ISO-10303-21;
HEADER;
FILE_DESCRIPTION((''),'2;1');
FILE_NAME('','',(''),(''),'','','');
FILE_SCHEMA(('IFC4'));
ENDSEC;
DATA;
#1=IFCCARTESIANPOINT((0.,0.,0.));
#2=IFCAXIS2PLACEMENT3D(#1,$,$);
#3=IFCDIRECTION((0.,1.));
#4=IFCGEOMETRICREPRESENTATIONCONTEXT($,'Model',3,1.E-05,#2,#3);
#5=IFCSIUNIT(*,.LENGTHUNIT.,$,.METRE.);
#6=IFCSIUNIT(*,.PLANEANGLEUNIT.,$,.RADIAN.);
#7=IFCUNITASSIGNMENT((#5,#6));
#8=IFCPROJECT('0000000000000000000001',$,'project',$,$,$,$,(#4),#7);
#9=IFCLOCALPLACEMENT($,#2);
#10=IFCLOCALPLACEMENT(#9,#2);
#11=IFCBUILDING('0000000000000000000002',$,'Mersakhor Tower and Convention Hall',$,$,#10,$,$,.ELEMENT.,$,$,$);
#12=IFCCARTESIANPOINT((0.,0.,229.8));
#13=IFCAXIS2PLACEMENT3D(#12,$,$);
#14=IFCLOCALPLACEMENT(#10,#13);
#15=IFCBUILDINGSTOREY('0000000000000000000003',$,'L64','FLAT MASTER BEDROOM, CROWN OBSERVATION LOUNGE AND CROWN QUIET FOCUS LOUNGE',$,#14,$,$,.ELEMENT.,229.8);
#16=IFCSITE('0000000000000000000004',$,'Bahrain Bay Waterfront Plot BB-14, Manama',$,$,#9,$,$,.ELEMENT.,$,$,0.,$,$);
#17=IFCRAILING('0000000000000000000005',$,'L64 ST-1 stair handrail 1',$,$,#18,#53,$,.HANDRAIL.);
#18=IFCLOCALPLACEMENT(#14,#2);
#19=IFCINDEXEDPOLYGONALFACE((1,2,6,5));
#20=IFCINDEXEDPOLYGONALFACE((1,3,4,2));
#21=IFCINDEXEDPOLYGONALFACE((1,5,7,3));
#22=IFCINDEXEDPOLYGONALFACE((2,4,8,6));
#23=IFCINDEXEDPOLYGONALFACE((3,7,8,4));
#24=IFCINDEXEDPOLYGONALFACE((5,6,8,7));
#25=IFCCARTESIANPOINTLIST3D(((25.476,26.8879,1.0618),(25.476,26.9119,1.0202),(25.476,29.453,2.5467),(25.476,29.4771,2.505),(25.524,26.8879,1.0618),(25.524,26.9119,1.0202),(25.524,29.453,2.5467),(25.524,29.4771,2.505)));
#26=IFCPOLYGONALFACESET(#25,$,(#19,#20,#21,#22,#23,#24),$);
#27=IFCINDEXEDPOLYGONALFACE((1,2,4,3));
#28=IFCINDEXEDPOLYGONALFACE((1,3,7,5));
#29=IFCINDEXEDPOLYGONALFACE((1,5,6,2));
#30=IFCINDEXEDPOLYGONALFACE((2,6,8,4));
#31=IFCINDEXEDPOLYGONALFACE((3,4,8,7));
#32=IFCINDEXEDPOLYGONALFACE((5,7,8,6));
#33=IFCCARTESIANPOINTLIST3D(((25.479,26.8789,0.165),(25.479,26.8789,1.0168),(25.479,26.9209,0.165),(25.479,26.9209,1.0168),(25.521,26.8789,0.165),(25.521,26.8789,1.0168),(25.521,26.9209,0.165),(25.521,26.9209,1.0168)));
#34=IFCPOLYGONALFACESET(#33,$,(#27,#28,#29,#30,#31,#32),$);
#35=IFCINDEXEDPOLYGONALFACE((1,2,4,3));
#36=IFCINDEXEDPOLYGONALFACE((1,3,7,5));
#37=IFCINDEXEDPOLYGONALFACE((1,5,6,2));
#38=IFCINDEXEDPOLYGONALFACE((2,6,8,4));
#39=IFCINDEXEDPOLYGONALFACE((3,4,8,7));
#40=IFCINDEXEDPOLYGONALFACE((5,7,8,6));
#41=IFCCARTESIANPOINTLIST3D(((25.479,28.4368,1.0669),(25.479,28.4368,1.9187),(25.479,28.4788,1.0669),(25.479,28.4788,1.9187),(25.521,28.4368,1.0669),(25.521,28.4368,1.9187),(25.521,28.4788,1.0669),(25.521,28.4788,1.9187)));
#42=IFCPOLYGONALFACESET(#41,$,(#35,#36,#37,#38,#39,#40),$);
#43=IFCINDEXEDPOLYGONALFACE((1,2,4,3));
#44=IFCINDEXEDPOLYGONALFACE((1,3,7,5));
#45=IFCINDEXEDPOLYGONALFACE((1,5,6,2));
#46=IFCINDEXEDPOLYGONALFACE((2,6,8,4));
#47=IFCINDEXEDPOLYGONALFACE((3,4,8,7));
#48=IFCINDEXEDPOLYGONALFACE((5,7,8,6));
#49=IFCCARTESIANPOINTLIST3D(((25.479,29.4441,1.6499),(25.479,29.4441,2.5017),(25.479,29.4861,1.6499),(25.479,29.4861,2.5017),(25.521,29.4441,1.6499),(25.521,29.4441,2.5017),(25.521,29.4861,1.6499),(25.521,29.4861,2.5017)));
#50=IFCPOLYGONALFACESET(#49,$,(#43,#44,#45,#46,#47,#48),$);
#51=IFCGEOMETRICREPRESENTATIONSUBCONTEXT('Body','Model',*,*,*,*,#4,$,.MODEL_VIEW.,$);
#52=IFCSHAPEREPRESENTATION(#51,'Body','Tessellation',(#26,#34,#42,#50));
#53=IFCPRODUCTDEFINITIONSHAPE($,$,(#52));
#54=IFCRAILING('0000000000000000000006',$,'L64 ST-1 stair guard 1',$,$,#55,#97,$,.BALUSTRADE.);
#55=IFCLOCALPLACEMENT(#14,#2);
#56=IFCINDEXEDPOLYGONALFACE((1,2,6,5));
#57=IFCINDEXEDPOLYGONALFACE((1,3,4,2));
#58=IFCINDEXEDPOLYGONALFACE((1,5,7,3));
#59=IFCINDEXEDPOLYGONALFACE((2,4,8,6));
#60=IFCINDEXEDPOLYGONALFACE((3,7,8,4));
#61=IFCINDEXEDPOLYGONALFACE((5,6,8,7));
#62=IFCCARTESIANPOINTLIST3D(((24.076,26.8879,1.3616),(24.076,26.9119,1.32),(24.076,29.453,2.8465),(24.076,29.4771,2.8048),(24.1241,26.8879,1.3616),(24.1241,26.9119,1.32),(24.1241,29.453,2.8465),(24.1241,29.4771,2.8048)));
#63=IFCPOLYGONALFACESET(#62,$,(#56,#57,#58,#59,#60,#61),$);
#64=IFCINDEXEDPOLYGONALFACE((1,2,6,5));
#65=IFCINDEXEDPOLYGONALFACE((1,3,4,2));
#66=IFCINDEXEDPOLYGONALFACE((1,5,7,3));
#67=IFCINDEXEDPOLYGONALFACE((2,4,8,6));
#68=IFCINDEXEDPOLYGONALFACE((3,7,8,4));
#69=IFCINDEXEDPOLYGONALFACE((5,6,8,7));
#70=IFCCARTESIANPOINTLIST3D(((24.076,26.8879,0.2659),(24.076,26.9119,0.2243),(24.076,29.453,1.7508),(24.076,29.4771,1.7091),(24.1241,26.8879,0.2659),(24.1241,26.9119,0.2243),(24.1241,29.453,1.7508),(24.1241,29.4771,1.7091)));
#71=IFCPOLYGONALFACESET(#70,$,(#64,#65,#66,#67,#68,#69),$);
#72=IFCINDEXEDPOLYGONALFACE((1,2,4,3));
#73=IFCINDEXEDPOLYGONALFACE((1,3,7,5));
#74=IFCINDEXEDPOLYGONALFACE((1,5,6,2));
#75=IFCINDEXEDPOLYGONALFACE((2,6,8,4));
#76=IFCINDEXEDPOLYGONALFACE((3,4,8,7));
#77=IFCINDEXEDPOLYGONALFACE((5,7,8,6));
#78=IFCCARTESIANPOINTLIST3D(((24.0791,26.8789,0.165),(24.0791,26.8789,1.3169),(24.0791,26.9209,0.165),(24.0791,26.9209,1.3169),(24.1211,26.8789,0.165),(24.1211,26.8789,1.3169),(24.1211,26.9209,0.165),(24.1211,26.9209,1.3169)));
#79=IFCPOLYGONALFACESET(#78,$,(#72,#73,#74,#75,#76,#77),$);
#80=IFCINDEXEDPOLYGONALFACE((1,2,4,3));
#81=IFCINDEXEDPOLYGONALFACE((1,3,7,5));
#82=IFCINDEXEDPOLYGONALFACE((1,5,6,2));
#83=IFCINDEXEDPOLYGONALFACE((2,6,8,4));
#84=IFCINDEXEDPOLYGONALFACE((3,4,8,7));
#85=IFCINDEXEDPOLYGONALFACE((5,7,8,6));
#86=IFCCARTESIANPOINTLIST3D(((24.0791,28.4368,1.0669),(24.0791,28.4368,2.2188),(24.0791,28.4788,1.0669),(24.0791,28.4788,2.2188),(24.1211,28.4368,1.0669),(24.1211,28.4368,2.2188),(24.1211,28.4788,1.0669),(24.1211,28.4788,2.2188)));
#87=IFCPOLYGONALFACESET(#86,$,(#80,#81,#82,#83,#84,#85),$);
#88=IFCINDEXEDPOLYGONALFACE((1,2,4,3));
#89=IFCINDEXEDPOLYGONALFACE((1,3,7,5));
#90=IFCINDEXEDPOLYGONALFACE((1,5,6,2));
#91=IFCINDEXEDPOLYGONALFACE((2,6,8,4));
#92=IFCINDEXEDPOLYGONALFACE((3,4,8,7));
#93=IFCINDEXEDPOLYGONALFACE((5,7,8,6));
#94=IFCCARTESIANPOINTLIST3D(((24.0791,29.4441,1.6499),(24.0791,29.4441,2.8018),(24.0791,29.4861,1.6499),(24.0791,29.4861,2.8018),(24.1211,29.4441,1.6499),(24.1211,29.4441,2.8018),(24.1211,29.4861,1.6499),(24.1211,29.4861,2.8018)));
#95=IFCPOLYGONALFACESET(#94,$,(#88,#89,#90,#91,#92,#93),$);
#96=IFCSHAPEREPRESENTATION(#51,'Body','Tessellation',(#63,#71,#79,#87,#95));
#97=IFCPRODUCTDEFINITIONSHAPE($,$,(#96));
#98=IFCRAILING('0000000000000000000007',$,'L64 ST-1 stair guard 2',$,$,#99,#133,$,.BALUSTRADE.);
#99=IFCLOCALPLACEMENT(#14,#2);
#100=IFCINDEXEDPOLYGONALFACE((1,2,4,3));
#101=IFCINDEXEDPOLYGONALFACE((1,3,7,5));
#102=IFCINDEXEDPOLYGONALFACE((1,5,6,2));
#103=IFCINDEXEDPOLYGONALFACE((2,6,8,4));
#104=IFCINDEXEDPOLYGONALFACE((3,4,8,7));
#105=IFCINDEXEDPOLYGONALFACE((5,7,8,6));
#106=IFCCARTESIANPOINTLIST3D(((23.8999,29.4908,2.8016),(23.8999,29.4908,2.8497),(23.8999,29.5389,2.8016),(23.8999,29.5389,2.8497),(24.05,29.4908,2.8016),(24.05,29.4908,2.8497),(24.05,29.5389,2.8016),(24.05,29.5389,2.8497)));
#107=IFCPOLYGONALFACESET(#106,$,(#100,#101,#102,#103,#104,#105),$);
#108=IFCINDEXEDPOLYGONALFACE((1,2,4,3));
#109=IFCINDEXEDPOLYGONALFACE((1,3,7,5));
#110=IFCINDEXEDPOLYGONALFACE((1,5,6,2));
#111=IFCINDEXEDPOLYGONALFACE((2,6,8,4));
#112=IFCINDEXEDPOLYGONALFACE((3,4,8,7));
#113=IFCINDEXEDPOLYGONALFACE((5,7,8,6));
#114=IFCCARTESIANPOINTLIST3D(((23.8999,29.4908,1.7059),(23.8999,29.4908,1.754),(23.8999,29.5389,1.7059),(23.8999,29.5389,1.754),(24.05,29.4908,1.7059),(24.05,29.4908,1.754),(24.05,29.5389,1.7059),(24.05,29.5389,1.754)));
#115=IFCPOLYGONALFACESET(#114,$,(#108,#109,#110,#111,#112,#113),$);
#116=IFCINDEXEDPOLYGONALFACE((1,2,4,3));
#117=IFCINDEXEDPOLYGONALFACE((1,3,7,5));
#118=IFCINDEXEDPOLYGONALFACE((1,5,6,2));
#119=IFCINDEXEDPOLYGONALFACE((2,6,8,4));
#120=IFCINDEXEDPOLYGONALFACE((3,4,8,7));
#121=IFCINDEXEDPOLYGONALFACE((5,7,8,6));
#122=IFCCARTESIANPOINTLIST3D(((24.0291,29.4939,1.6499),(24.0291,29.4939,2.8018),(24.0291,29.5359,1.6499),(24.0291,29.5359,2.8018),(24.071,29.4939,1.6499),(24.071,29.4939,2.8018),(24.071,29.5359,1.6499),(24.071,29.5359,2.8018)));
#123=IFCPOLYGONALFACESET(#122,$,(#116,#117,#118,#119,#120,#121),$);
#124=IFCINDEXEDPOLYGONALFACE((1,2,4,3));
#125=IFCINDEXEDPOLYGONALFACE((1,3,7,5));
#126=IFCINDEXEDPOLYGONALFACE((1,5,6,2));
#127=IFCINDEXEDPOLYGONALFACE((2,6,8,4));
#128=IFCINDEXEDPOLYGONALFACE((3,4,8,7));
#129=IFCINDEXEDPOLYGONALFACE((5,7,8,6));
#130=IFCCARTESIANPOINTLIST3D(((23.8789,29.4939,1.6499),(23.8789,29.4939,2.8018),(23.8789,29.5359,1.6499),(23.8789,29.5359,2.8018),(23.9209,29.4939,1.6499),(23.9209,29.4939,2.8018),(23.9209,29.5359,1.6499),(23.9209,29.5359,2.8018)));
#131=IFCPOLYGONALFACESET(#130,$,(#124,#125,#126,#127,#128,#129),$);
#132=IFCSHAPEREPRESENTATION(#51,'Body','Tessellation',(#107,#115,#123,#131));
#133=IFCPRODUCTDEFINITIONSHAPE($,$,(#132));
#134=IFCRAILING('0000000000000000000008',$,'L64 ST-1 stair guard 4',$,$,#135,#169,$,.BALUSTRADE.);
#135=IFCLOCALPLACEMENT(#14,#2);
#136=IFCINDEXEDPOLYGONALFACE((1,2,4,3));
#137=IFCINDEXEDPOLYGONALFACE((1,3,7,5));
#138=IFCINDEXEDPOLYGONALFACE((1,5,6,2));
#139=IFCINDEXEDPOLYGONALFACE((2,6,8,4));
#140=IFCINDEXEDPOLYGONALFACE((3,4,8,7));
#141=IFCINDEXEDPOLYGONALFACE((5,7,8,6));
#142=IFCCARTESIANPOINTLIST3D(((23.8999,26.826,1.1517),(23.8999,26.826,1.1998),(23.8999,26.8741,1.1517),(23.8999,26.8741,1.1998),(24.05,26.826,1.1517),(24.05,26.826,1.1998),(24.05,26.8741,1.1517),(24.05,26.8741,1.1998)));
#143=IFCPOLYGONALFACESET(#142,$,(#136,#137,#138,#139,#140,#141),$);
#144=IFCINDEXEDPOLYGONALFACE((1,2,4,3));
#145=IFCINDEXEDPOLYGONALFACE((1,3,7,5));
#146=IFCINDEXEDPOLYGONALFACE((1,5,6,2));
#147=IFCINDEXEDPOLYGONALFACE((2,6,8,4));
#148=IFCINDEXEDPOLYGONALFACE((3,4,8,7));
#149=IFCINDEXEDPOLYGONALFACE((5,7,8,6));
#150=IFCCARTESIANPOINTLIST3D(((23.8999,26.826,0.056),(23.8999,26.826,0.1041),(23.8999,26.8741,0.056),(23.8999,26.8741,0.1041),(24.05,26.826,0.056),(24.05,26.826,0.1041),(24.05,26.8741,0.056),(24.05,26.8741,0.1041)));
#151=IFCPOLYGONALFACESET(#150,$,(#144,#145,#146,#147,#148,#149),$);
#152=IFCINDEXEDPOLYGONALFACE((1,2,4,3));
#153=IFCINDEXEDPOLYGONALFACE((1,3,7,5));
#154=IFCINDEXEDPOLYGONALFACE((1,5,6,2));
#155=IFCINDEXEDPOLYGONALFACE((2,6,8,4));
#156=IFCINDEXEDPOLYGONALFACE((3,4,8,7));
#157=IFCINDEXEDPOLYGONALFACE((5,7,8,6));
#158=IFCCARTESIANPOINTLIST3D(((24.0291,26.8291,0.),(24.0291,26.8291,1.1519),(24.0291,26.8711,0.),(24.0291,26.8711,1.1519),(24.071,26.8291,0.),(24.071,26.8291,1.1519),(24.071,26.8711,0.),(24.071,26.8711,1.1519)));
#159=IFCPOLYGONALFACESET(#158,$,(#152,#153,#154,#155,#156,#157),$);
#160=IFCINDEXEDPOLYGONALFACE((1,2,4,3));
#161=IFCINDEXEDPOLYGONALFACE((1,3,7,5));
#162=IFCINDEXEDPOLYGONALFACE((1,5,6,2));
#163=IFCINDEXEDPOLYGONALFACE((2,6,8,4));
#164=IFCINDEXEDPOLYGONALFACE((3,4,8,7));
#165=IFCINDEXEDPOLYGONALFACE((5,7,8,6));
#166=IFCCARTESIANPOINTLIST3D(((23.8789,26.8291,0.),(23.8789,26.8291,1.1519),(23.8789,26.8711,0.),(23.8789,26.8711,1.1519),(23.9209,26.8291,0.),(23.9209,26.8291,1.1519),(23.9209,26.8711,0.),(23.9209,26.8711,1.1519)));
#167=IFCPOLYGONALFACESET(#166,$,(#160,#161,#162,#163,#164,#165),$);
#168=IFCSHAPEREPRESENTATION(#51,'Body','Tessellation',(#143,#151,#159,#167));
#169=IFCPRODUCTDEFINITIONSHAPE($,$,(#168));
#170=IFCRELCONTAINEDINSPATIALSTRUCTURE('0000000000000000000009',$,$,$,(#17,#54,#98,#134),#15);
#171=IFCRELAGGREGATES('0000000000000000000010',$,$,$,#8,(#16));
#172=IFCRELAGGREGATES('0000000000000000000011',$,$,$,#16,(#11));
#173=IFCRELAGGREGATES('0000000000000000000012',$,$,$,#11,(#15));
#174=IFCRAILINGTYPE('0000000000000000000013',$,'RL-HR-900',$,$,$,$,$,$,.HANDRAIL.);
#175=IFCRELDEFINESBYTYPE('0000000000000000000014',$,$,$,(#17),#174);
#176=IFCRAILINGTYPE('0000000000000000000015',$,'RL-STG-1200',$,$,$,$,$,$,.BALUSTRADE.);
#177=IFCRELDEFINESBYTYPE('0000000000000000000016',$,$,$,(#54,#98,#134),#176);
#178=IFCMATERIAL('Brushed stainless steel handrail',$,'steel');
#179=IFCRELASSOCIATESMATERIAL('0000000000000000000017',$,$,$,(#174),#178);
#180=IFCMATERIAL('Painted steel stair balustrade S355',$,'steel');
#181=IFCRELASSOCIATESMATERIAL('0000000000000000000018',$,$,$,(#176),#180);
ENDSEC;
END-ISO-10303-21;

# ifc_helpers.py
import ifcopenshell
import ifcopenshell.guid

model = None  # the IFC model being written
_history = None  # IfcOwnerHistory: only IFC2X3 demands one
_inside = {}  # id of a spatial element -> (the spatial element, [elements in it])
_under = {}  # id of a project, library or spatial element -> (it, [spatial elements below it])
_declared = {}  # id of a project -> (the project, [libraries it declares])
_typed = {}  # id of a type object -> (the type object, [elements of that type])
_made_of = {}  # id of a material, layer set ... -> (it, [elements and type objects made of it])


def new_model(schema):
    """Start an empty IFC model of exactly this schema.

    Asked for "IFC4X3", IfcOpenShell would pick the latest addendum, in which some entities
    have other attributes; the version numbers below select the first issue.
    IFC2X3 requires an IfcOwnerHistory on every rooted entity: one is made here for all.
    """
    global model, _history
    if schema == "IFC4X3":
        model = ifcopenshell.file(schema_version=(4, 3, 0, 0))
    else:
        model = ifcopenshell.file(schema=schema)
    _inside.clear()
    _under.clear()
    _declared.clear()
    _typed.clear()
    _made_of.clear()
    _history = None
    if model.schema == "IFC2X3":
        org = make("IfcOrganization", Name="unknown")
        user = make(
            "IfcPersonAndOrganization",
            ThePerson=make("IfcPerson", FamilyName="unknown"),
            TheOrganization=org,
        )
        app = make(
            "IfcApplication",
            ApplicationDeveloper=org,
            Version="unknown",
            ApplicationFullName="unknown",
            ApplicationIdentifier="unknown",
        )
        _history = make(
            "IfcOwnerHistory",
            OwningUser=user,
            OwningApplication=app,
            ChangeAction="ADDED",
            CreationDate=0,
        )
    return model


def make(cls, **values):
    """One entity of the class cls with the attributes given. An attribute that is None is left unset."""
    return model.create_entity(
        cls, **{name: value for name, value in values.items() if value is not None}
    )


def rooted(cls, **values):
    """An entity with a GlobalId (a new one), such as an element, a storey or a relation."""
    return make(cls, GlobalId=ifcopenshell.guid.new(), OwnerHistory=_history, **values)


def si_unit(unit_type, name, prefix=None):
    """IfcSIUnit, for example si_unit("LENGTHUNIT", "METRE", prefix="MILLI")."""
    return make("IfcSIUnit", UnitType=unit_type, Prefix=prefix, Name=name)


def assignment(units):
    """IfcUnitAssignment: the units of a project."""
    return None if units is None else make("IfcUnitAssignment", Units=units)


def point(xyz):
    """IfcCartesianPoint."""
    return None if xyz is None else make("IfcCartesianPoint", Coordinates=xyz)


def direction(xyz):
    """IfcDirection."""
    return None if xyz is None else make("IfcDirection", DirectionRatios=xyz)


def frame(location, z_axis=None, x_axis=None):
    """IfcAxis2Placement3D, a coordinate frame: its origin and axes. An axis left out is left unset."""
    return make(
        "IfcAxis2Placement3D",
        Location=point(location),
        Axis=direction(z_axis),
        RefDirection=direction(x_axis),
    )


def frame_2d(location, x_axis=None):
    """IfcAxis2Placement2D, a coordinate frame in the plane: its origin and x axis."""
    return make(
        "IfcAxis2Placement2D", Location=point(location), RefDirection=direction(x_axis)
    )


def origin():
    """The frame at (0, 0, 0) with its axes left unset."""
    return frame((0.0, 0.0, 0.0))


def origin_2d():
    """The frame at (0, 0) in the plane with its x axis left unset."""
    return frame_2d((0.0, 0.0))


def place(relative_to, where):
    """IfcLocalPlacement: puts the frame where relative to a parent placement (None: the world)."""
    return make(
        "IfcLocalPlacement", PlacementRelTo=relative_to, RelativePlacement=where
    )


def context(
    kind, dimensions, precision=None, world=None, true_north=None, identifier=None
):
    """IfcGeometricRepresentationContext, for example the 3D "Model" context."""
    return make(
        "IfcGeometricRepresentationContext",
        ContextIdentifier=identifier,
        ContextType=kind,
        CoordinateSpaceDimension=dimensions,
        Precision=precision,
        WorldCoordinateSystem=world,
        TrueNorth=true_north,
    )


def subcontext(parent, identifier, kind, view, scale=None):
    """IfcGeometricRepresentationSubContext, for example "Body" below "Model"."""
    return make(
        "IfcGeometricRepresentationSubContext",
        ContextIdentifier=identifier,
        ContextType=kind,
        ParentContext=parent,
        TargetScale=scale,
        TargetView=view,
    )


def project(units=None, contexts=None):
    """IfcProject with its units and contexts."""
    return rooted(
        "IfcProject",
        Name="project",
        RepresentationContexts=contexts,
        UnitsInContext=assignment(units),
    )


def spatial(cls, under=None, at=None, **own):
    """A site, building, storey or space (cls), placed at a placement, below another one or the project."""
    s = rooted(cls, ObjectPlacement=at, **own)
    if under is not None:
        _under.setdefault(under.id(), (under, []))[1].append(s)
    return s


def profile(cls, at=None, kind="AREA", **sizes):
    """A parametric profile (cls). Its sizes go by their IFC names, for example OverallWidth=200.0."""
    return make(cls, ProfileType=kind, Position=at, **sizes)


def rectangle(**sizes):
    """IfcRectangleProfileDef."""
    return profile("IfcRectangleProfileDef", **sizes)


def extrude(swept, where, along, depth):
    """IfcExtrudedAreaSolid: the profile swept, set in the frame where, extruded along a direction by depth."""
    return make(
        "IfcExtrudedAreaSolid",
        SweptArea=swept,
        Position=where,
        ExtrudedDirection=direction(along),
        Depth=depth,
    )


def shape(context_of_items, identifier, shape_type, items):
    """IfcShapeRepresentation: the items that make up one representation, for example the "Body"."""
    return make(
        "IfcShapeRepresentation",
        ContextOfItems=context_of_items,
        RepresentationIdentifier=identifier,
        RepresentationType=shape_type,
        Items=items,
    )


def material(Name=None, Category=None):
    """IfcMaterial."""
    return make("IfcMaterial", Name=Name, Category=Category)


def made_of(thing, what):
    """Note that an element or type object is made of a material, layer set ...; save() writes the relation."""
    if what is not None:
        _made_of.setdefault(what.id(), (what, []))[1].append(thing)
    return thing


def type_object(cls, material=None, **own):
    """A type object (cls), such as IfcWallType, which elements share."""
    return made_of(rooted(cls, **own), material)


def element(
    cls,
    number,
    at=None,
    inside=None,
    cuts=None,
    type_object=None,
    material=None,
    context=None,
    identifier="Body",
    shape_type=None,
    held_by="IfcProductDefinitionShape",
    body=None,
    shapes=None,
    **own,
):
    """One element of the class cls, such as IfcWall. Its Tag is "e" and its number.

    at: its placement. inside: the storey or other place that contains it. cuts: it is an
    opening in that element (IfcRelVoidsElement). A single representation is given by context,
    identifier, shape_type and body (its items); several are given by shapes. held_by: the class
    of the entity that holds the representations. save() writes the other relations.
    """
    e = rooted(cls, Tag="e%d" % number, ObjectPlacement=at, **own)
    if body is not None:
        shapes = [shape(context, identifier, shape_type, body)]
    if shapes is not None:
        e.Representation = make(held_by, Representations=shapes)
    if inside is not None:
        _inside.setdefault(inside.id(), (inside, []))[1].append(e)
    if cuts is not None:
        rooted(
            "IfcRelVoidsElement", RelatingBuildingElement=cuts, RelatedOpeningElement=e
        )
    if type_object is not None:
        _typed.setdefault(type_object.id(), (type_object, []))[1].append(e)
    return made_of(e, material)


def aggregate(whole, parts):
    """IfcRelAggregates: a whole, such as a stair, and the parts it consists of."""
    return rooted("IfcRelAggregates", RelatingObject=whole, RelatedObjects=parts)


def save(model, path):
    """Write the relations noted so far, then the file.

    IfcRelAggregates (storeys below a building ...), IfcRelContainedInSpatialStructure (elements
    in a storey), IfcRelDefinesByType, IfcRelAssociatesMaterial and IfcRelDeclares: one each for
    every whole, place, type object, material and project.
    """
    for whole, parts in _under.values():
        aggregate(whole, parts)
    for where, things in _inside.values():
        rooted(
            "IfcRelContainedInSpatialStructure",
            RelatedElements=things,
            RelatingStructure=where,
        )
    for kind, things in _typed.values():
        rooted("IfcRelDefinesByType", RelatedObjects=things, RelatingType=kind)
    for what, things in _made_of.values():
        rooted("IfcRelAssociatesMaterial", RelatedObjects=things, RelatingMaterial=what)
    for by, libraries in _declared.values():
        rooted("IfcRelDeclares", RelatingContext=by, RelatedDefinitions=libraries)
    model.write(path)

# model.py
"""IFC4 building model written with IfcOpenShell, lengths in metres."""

from ifc_helpers import new_model, si_unit, direction, frame, origin, origin_2d, place, context, subcontext, project, spatial, rectangle, extrude, material, type_object, element, save


model = new_model("IFC4")

# Units and contexts
model_context = context("Model", 3, precision=1e-05, world=origin(), true_north=direction((0.0, 1.0)))
body_context = subcontext(model_context, "Body", "Model", "MODEL_VIEW")
ifc_project = project(units=[si_unit("LENGTHUNIT", "METRE"), si_unit("PLANEANGLEUNIT", "RADIAN")], contexts=[model_context])

# Site, building, storey
site_placement = place(None, origin())
site = spatial("IfcSite", under=ifc_project, at=site_placement, Name="Bahrain Bay Waterfront Plot BB-14, Manama", CompositionType="ELEMENT", RefElevation=0.0)
building_placement = place(site_placement, origin())
building = spatial("IfcBuilding", under=site, at=building_placement, Name="Mersakhor Tower and Convention Hall", CompositionType="ELEMENT")
storey_placement = place(building_placement, frame((0.0, 0.0, 229.8)))
storey = spatial("IfcBuildingStorey", under=building, at=storey_placement, Name="L64", Description="FLAT MASTER BEDROOM, CROWN OBSERVATION LOUNGE AND CROWN QUIET FOCUS LOUNGE", CompositionType="ELEMENT", Elevation=229.8)

# Railings
ifc_material_1 = material(Name="Brushed stainless steel handrail", Category="steel")
railing_type_1 = type_object("IfcRailingType", Name="RL-HR-900", PredefinedType="HANDRAIL", material=ifc_material_1)
railing_1_placement = place(storey_placement, frame((25.5, 26.8999, 0.165)))
element("IfcRailing", 1, at=railing_1_placement, inside=storey, type_object=railing_type_1, Name="L64 ST-1 stair handrail 1", PredefinedType="HANDRAIL", context=body_context, shape_type="SweptSolid", body=[
    extrude(rectangle(XDim=0.0481, YDim=0.0481, at=origin_2d()), frame((0.0, 0.0, 0.876), z_axis=(0.0, 0.865462, 0.500975), x_axis=(-1.0, 0.0, 0.0)), (0.0, 0.0, 1.0), 2.9639),
    extrude(rectangle(XDim=0.042, YDim=0.042, at=origin_2d()), origin(), (0.0, 0.0, 1.0), 0.8518),
    extrude(rectangle(XDim=0.042, YDim=0.042, at=origin_2d()), frame((0.0, 1.5579, 0.9019)), (0.0, 0.0, 1.0), 0.8518),
    extrude(rectangle(XDim=0.042, YDim=0.042, at=origin_2d()), frame((0.0, 2.5652, 1.4849)), (0.0, 0.0, 1.0), 0.8518),
])
ifc_material_2 = material(Name="Painted steel stair balustrade S355", Category="steel")
railing_type_2 = type_object("IfcRailingType", Name="RL-STG-1200", PredefinedType="BALUSTRADE", material=ifc_material_2)
railing_2_placement = place(storey_placement, frame((24.1001, 26.8999, 0.165)))
element("IfcRailing", 2, at=railing_2_placement, inside=storey, type_object=railing_type_2, Name="L64 ST-1 stair guard 1", PredefinedType="BALUSTRADE", context=body_context, shape_type="SweptSolid", body=[
    extrude(rectangle(XDim=0.0481, YDim=0.0481, at=origin_2d()), frame((0.0, 0.0, 1.1758), z_axis=(0.0, 0.865462, 0.500975), x_axis=(-1.0, 0.0, 0.0)), (0.0, 0.0, 1.0), 2.9639),
    extrude(rectangle(XDim=0.0481, YDim=0.0481, at=origin_2d()), frame((0.0, 0.0, 0.0801), z_axis=(0.0, 0.865462, 0.500975), x_axis=(-1.0, 0.0, 0.0)), (0.0, 0.0, 1.0), 2.9639),
    extrude(rectangle(XDim=0.042, YDim=0.042, at=origin_2d()), origin(), (0.0, 0.0, 1.0), 1.1519),
    extrude(rectangle(XDim=0.042, YDim=0.042, at=origin_2d()), frame((0.0, 1.5579, 0.9019)), (0.0, 0.0, 1.0), 1.1519),
    extrude(rectangle(XDim=0.042, YDim=0.042, at=origin_2d()), frame((0.0, 2.5652, 1.4849)), (0.0, 0.0, 1.0), 1.1519),
])
for number, where, name in (
    (3, (24.05, 29.5149, 1.6499), "L64 ST-1 stair guard 2"),
    (4, (24.05, 26.8501, 0.0), "L64 ST-1 stair guard 4"),
):
    element("IfcRailing", number, at=place(storey_placement, frame(where)), inside=storey, type_object=railing_type_2, Name=name, PredefinedType="BALUSTRADE", context=body_context, shape_type="SweptSolid", body=[
        extrude(rectangle(XDim=0.0481, YDim=0.0481, at=origin_2d()), frame((0.0, 0.0, 1.1758), z_axis=(-1.0, 0.0, 0.0), x_axis=(0.0, -1.0, 0.0)), (0.0, 0.0, 1.0), 0.1501),
        extrude(rectangle(XDim=0.0481, YDim=0.0481, at=origin_2d()), frame((0.0, 0.0, 0.0801), z_axis=(-1.0, 0.0, 0.0), x_axis=(0.0, -1.0, 0.0)), (0.0, 0.0, 1.0), 0.1501),
        extrude(rectangle(XDim=0.042, YDim=0.042, at=origin_2d()), origin(), (0.0, 0.0, 1.0), 1.1519),
        extrude(rectangle(XDim=0.042, YDim=0.042, at=origin_2d()), frame((-0.1501, 0.0, 0.0)), (0.0, 0.0, 1.0), 1.1519),
    ])

save(model, "model.ifc")
